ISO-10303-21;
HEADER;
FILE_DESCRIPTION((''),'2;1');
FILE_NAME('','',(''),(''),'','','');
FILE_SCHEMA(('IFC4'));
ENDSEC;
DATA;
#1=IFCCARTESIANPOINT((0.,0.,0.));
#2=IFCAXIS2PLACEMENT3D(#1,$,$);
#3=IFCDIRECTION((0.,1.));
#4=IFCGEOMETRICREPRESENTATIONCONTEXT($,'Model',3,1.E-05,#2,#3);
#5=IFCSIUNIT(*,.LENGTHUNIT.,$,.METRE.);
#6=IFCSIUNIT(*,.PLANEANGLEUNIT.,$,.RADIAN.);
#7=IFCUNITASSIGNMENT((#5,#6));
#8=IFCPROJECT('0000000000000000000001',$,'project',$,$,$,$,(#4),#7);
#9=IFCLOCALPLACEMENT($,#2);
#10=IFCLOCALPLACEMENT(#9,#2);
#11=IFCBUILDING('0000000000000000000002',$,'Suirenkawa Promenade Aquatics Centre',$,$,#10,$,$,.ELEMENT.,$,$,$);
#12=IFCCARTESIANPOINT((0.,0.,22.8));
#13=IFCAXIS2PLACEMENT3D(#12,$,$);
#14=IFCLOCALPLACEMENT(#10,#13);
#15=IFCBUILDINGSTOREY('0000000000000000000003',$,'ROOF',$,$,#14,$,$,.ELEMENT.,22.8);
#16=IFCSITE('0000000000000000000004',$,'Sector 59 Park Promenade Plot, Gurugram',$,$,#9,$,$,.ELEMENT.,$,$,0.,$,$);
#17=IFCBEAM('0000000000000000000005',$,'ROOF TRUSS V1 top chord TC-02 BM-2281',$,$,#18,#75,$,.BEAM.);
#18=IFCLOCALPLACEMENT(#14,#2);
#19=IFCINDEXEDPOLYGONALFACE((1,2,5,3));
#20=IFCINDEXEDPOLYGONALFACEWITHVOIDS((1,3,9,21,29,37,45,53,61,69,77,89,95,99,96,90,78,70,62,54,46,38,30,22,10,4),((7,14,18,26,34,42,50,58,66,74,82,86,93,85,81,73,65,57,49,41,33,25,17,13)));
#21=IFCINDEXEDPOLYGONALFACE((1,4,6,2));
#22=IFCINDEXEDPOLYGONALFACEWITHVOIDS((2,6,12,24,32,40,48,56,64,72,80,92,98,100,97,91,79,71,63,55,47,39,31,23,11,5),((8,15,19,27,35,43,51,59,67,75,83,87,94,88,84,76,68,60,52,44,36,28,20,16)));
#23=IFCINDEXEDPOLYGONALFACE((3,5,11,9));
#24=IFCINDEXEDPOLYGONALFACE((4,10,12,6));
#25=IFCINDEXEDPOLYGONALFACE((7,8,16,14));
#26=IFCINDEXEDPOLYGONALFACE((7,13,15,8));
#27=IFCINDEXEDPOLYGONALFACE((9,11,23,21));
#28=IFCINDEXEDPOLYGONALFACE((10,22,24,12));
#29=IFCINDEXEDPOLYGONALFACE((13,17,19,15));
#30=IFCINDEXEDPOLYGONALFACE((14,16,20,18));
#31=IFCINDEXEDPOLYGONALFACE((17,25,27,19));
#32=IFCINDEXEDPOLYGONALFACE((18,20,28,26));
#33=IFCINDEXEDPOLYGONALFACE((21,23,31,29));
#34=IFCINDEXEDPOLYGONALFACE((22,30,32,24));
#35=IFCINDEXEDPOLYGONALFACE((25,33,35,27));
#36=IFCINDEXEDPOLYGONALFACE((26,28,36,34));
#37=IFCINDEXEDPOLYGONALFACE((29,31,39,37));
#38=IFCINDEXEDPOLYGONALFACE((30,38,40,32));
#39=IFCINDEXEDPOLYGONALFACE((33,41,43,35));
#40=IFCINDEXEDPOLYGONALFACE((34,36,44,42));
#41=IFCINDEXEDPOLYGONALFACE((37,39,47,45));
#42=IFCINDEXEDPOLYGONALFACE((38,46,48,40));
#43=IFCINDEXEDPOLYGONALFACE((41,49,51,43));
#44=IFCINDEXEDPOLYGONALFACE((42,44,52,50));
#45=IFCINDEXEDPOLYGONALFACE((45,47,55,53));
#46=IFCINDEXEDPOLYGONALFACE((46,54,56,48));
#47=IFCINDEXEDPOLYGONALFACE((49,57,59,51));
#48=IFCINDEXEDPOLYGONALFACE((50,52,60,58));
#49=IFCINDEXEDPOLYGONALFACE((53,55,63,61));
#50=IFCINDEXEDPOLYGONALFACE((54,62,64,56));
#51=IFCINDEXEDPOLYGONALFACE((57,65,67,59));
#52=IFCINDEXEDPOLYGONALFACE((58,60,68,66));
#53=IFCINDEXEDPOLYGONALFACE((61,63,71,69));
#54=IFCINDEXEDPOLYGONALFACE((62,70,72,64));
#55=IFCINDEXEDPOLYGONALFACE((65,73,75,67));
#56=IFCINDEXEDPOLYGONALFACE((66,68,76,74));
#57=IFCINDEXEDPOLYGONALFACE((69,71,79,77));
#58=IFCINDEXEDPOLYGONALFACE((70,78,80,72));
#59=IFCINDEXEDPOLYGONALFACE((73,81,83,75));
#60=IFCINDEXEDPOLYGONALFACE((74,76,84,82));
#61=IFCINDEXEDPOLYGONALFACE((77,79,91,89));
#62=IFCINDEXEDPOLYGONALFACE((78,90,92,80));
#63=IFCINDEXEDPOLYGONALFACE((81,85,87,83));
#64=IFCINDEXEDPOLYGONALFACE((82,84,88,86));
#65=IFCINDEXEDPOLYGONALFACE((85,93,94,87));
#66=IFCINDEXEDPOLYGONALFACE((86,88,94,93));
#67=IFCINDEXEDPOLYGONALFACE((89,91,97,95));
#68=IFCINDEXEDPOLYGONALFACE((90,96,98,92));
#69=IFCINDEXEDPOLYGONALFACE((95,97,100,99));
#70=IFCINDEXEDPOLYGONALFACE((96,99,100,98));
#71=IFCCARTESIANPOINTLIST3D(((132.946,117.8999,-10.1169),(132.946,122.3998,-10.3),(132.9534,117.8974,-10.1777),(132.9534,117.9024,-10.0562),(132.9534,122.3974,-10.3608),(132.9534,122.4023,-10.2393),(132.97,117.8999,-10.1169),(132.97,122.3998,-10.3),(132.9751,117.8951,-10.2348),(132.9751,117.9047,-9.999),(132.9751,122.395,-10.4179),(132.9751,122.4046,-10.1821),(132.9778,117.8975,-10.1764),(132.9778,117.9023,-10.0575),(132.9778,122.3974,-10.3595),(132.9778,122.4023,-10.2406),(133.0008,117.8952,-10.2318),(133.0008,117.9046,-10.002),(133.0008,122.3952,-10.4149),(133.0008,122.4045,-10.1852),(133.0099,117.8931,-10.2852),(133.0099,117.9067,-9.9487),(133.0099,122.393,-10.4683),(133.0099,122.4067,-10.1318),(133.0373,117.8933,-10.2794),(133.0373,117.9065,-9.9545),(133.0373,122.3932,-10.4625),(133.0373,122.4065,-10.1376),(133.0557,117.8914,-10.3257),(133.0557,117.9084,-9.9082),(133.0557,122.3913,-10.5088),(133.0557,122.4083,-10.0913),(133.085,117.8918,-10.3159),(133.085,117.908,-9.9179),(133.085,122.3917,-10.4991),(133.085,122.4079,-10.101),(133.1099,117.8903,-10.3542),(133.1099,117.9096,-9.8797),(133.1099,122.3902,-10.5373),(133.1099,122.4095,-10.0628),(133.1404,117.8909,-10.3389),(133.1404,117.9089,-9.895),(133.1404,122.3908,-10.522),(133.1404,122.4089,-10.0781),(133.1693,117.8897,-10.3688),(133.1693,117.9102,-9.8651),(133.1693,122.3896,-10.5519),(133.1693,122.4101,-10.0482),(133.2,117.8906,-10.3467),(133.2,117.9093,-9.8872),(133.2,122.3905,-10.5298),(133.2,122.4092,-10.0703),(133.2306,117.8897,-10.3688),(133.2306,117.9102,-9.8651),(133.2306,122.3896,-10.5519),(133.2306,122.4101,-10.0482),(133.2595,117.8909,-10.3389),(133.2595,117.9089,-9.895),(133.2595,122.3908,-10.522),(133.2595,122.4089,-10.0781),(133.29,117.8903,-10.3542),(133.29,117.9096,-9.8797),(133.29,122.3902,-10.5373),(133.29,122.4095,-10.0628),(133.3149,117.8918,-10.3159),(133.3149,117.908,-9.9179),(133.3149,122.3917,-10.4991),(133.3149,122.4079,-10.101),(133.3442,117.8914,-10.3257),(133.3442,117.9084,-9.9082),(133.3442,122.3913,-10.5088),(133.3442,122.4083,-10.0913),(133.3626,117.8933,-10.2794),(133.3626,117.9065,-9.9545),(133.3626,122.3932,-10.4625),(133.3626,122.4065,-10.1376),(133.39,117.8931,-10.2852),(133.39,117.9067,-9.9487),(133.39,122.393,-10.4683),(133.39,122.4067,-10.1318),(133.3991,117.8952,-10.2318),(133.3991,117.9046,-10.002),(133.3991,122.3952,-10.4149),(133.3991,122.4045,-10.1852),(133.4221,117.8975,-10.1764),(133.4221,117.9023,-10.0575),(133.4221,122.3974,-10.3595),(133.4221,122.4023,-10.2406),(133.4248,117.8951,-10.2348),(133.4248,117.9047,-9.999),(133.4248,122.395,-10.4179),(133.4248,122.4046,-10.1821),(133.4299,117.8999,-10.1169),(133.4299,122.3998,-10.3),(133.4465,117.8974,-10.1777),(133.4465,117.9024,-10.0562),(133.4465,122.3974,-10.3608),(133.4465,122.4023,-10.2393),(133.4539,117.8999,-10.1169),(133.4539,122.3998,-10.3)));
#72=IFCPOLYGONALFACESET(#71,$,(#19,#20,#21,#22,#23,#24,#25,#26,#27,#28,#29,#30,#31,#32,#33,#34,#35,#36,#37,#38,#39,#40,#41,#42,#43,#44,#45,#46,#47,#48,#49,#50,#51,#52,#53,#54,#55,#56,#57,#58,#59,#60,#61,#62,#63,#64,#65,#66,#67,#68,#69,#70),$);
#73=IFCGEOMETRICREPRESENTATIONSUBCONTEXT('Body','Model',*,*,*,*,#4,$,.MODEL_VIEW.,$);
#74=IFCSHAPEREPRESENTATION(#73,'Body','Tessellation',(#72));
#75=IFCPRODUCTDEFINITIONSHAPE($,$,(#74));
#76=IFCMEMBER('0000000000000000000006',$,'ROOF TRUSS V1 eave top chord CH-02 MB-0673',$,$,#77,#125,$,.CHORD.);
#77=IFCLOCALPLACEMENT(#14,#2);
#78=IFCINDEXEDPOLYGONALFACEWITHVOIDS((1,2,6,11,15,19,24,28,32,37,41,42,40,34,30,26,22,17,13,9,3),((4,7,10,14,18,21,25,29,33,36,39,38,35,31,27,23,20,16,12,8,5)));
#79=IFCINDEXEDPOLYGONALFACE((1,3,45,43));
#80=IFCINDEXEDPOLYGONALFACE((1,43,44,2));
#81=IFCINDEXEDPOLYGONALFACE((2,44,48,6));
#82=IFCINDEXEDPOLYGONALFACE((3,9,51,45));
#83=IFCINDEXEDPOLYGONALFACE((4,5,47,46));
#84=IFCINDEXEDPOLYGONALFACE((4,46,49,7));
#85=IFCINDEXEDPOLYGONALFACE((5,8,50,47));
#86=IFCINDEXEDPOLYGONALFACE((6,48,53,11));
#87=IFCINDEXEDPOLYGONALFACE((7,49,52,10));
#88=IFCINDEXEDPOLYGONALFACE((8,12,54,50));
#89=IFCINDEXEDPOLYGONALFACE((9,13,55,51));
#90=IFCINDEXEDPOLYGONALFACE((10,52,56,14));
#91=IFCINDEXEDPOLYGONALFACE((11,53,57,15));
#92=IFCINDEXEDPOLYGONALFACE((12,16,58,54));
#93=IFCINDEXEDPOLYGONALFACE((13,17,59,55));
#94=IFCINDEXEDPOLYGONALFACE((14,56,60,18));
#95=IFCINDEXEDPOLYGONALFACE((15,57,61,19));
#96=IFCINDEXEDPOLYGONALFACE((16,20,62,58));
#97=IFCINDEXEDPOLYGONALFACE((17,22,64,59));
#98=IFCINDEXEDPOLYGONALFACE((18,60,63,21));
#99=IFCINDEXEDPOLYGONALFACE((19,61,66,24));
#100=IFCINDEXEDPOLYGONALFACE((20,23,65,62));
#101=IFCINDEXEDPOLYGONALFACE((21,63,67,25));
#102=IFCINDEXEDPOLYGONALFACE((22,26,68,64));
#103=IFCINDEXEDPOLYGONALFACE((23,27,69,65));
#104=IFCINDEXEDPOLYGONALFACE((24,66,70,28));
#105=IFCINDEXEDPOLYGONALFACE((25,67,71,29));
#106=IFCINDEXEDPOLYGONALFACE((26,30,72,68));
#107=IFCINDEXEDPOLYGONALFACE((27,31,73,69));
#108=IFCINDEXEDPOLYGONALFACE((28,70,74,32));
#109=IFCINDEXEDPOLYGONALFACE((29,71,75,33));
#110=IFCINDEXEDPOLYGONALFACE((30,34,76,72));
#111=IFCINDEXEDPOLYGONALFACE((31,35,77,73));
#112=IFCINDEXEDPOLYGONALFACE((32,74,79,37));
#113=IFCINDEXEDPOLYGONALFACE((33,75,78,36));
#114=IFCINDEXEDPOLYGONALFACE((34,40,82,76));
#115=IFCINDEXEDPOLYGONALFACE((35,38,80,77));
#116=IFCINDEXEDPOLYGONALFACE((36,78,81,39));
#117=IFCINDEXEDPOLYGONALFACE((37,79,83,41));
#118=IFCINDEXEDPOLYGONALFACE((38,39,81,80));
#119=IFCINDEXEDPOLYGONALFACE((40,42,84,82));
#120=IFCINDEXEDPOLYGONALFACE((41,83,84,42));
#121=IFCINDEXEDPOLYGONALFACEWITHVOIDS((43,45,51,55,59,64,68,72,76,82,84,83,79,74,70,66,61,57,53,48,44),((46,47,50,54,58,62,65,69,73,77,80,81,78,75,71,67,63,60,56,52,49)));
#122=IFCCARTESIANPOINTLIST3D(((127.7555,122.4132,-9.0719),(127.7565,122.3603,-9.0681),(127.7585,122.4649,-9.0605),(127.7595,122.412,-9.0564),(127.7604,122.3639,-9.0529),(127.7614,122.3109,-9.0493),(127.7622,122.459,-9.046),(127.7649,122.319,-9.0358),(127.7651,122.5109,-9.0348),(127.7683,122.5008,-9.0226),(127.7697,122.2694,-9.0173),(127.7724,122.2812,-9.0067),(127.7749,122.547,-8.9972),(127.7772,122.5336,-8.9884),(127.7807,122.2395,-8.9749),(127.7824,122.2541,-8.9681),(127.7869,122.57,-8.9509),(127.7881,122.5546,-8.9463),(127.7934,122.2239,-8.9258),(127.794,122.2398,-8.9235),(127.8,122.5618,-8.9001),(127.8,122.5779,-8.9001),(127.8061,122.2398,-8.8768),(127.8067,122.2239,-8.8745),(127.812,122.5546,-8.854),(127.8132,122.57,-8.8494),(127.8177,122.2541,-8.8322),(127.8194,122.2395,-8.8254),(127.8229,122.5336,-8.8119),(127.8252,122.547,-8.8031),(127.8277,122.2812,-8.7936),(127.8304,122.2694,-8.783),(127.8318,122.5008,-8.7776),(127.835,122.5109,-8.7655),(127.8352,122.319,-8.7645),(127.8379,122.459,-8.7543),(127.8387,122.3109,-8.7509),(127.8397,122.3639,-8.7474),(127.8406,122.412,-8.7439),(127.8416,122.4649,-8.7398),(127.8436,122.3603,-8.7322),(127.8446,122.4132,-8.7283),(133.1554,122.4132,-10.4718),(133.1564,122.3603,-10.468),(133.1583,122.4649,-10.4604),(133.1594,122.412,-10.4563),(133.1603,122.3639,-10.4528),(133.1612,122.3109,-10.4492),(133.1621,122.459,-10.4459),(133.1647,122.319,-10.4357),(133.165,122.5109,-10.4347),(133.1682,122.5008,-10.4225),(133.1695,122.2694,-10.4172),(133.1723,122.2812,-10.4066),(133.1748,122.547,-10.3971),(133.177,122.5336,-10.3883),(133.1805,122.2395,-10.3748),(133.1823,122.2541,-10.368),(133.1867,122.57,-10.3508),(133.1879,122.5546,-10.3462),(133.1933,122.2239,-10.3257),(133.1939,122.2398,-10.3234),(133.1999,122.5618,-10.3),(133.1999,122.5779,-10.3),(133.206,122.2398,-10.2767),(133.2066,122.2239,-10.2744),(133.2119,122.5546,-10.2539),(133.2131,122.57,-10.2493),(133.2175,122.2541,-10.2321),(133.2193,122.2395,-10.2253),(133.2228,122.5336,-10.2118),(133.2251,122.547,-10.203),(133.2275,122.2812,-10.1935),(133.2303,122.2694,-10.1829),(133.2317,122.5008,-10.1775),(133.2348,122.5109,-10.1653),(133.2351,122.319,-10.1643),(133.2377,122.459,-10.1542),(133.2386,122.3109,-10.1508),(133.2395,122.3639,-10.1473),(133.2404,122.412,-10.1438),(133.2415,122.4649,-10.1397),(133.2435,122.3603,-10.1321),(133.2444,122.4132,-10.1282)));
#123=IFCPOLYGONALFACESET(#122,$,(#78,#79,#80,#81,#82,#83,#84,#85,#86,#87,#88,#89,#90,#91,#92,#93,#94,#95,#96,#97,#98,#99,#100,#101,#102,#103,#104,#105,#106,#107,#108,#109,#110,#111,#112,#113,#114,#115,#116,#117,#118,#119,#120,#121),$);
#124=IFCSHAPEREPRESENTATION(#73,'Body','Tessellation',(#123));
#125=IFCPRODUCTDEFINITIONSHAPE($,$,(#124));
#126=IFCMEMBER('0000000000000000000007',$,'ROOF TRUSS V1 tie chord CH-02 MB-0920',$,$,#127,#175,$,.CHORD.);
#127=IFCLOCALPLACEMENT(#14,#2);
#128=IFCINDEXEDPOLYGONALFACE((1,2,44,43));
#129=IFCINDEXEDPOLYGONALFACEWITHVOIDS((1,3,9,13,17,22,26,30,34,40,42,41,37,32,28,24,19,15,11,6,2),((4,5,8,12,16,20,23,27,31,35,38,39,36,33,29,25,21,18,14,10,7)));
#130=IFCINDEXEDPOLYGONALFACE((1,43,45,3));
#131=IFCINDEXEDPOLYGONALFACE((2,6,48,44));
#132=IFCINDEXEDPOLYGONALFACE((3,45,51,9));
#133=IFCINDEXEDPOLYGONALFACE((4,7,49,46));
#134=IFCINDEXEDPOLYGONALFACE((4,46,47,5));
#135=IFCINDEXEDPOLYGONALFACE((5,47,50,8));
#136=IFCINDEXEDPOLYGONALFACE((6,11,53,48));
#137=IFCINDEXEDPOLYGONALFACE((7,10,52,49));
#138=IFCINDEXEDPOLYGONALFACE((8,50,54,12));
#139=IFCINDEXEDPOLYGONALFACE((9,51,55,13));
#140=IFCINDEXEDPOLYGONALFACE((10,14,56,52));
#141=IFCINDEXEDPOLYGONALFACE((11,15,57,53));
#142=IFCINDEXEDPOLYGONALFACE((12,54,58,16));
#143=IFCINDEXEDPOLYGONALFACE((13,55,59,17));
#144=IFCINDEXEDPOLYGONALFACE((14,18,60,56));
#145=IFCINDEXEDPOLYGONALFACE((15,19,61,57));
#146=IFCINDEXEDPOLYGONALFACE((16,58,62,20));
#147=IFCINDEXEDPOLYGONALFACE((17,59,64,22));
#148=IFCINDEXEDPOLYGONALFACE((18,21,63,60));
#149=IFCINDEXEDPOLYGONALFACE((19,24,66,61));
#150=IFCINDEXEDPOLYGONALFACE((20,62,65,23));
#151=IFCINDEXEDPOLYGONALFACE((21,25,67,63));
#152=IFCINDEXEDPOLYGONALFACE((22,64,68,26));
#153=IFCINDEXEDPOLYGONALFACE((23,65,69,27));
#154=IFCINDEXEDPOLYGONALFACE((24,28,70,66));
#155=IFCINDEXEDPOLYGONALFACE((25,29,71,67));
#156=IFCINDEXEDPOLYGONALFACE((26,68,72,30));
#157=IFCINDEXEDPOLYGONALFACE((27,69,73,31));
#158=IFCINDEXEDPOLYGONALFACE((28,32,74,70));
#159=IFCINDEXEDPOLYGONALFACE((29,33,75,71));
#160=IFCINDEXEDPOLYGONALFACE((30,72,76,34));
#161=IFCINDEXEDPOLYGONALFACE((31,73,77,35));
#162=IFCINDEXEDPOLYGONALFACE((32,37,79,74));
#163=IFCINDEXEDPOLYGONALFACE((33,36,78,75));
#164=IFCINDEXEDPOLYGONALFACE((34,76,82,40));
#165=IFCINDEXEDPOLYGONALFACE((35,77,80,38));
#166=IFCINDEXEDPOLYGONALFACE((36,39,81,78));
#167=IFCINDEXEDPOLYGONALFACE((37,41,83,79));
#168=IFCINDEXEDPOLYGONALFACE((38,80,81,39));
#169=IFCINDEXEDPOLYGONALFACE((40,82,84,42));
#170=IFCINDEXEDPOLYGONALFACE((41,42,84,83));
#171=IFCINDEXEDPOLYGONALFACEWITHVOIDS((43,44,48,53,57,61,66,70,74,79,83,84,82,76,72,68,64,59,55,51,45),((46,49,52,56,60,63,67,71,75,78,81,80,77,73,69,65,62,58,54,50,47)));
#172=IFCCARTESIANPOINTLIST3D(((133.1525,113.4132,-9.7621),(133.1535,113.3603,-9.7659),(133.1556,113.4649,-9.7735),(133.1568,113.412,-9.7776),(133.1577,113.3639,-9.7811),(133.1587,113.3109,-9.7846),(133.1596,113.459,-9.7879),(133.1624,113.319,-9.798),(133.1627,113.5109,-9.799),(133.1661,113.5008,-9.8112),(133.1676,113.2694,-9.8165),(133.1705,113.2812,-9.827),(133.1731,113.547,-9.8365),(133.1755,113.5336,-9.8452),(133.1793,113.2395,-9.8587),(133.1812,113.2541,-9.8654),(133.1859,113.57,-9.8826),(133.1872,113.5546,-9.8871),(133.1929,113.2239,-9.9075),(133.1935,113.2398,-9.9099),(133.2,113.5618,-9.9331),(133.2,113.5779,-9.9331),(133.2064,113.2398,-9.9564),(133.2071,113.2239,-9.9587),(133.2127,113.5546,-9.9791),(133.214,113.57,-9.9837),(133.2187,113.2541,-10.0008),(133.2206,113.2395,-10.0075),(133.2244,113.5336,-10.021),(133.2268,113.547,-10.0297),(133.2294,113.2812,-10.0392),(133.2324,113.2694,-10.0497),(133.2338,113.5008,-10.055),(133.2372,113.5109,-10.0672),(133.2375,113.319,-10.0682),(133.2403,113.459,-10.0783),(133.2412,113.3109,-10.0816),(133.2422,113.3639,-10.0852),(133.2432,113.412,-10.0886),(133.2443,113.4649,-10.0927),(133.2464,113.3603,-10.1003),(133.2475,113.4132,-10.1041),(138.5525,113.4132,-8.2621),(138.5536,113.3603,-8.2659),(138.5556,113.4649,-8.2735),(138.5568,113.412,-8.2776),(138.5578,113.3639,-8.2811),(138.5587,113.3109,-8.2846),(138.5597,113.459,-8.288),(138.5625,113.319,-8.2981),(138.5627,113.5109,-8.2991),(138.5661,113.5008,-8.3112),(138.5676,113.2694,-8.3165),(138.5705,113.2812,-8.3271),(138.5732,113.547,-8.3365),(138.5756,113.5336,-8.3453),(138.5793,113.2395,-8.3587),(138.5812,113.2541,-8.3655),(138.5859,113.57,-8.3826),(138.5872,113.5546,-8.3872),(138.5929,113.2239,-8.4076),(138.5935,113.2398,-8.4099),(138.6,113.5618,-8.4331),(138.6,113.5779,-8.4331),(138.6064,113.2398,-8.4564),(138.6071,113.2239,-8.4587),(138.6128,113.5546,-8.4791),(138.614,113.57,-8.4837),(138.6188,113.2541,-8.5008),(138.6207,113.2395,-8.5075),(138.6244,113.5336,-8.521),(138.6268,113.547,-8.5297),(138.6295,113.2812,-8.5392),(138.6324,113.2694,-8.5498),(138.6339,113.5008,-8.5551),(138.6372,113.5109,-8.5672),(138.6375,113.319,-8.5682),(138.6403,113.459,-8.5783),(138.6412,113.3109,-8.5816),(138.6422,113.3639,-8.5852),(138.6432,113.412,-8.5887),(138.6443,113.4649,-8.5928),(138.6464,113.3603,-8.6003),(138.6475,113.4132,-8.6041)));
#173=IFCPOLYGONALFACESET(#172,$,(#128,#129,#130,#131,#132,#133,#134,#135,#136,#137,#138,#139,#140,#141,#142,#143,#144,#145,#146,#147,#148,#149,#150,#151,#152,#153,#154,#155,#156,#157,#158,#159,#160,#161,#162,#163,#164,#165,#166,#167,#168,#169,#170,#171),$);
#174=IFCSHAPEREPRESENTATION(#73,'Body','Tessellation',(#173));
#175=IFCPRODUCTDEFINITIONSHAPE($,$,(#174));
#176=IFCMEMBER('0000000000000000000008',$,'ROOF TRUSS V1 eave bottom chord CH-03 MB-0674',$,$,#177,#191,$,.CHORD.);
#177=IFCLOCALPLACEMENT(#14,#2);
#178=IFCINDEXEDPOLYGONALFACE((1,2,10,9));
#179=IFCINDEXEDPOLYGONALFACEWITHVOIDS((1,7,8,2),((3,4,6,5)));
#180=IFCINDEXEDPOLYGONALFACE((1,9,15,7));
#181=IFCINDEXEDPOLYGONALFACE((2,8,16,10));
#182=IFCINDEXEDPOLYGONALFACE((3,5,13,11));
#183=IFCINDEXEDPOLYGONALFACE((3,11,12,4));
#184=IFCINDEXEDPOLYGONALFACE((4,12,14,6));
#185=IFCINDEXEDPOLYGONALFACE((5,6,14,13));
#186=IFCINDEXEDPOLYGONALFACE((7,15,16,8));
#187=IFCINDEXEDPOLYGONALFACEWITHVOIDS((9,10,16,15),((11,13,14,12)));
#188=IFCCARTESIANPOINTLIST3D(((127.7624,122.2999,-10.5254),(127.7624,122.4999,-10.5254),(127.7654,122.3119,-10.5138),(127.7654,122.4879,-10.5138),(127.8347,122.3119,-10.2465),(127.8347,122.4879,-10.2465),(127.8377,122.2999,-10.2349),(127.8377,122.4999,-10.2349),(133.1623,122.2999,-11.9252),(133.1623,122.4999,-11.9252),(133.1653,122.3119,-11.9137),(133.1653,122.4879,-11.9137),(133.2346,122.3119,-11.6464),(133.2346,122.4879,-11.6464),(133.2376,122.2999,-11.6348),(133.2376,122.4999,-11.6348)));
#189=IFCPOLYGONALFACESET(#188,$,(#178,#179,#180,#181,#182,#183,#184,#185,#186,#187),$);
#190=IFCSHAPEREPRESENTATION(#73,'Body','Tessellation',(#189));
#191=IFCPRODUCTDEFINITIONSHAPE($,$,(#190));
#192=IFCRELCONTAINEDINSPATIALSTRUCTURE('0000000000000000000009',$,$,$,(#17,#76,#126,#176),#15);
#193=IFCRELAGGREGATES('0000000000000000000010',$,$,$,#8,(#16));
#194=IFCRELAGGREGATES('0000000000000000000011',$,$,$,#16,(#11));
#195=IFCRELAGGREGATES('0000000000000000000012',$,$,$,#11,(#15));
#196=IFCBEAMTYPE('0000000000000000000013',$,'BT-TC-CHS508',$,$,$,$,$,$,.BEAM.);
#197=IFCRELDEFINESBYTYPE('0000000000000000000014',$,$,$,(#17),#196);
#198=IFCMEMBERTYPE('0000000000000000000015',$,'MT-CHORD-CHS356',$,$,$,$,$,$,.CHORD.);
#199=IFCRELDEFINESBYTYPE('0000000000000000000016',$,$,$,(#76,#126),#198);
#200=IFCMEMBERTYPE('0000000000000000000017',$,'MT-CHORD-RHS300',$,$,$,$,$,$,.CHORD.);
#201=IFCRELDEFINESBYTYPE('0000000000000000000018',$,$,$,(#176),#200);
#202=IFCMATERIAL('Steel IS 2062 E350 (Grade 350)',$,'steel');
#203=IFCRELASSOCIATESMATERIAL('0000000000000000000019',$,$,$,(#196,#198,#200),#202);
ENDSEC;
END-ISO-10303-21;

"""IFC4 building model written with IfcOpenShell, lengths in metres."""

from ifc_helpers import new_model, si_unit, direction, frame, origin, origin_2d, place, context, subcontext, project, spatial, hollow_rectangle, hollow_circle, extrude, material, material_profile, profile_set, type_object, element, save


model = new_model("IFC4")

# Units and contexts
model_context = context("Model", 3, precision=1e-05, world=origin(), true_north=direction((0.0, 1.0)))
body_context = subcontext(model_context, "Body", "Model", "MODEL_VIEW")
ifc_project = project(units=[si_unit("LENGTHUNIT", "METRE"), si_unit("PLANEANGLEUNIT", "RADIAN")], contexts=[model_context])

# Site, building, storey
site_placement = place(None, origin())
site = spatial("IfcSite", under=ifc_project, at=site_placement, Name="Sector 59 Park Promenade Plot, Gurugram", CompositionType="ELEMENT", RefElevation=0.0)
building_placement = place(site_placement, origin())
building = spatial("IfcBuilding", under=site, at=building_placement, Name="Suirenkawa Promenade Aquatics Centre", CompositionType="ELEMENT")
storey_placement = place(building_placement, frame((0.0, 0.0, 22.8)))
storey = spatial("IfcBuildingStorey", under=building, at=storey_placement, Name="ROOF", CompositionType="ELEMENT", Elevation=22.8)

# Beam
ifc_material = material(Name="Steel IS 2062 E350 (Grade 350)", Category="steel")
ifc_material_profile_1 = material_profile(ifc_material, hollow_circle(Radius=0.2539, WallThickness=0.0239, at=origin_2d()), Name="CHS 508x24", Category="steel")
ifc_profile_set_1 = profile_set([ifc_material_profile_1], Name="Steel IS 2062 E350 (Grade 350)")
beam_type_1 = type_object("IfcBeamType", Name="BT-TC-CHS508", PredefinedType="BEAM", material=ifc_profile_set_1)
for number, where, z_axis, x_axis, name in (
    (1, (133.2, 117.8999, -10.1169), (0.0, 0.999173, -0.040656), (-1.0, 0.0, 0.0), "ROOF TRUSS V1 top chord TC-02 BM-2281"),
):
    element("IfcBeam", number, at=place(storey_placement, frame(where, z_axis=z_axis, x_axis=x_axis)), inside=storey, type_object=beam_type_1, Name=name, PredefinedType="BEAM", context=body_context, shape_type="SweptSolid", body=[
        extrude(hollow_circle(Radius=0.2539, WallThickness=0.0239, at=origin_2d()), origin(), (0.0, 0.0, 1.0), 4.5037),
    ])

# Members
ifc_material_profile_2 = material_profile(ifc_material, hollow_circle(Radius=0.178, WallThickness=0.0161, at=origin_2d()), Name="CHS 356x16", Category="steel")
ifc_profile_set_2 = profile_set([ifc_material_profile_2], Name="Steel IS 2062 E350 (Grade 350)")
member_type_1 = type_object("IfcMemberType", Name="MT-CHORD-CHS356", PredefinedType="CHORD", material=ifc_profile_set_2)
member_1_placement = place(storey_placement, frame((127.8, 122.3999, -8.9001), z_axis=(0.968, 0.0, -0.25095), x_axis=(0.0, 1.0, 0.0)))
element("IfcMember", 2, at=member_1_placement, inside=storey, type_object=member_type_1, Name="ROOF TRUSS V1 eave top chord CH-02 MB-0673", PredefinedType="CHORD", context=body_context, shape_type="SweptSolid", body=[
    extrude(hollow_circle(Radius=0.178, WallThickness=0.0161, at=origin_2d()), origin(), (0.0, 0.0, 1.0), 5.5784),
])
member_2_placement = place(storey_placement, frame((133.2, 113.3999, -9.9331), z_axis=(0.96352, 0.0, 0.267637), x_axis=(0.0, 1.0, 0.0)))
element("IfcMember", 3, at=member_2_placement, inside=storey, type_object=member_type_1, Name="ROOF TRUSS V1 tie chord CH-02 MB-0920", PredefinedType="CHORD", context=body_context, shape_type="SweptSolid", body=[
    extrude(hollow_circle(Radius=0.178, WallThickness=0.0161, at=origin_2d()), origin(), (0.0, 0.0, 1.0), 5.6045),
])
ifc_material_profile_3 = material_profile(ifc_material, hollow_rectangle(XDim=0.2, YDim=0.3, WallThickness=0.012, at=origin_2d()), Name="RHS 300x200x12", Category="steel")
ifc_profile_set_3 = profile_set([ifc_material_profile_3], Name="Steel IS 2062 E350 (Grade 350)")
member_type_2 = type_object("IfcMemberType", Name="MT-CHORD-RHS300", PredefinedType="CHORD", material=ifc_profile_set_3)
member_3_placement = place(storey_placement, frame((127.8, 122.3999, -10.3801), z_axis=(0.968, 0.0, -0.25095), x_axis=(0.0, 1.0, 0.0)))
element("IfcMember", 4, at=member_3_placement, inside=storey, type_object=member_type_2, Name="ROOF TRUSS V1 eave bottom chord CH-03 MB-0674", PredefinedType="CHORD", context=body_context, shape_type="SweptSolid", body=[
    extrude(hollow_rectangle(XDim=0.2, YDim=0.3, WallThickness=0.012, at=origin_2d()), origin(), (0.0, 0.0, 1.0), 5.5784),
])

save(model, "model.ifc")
